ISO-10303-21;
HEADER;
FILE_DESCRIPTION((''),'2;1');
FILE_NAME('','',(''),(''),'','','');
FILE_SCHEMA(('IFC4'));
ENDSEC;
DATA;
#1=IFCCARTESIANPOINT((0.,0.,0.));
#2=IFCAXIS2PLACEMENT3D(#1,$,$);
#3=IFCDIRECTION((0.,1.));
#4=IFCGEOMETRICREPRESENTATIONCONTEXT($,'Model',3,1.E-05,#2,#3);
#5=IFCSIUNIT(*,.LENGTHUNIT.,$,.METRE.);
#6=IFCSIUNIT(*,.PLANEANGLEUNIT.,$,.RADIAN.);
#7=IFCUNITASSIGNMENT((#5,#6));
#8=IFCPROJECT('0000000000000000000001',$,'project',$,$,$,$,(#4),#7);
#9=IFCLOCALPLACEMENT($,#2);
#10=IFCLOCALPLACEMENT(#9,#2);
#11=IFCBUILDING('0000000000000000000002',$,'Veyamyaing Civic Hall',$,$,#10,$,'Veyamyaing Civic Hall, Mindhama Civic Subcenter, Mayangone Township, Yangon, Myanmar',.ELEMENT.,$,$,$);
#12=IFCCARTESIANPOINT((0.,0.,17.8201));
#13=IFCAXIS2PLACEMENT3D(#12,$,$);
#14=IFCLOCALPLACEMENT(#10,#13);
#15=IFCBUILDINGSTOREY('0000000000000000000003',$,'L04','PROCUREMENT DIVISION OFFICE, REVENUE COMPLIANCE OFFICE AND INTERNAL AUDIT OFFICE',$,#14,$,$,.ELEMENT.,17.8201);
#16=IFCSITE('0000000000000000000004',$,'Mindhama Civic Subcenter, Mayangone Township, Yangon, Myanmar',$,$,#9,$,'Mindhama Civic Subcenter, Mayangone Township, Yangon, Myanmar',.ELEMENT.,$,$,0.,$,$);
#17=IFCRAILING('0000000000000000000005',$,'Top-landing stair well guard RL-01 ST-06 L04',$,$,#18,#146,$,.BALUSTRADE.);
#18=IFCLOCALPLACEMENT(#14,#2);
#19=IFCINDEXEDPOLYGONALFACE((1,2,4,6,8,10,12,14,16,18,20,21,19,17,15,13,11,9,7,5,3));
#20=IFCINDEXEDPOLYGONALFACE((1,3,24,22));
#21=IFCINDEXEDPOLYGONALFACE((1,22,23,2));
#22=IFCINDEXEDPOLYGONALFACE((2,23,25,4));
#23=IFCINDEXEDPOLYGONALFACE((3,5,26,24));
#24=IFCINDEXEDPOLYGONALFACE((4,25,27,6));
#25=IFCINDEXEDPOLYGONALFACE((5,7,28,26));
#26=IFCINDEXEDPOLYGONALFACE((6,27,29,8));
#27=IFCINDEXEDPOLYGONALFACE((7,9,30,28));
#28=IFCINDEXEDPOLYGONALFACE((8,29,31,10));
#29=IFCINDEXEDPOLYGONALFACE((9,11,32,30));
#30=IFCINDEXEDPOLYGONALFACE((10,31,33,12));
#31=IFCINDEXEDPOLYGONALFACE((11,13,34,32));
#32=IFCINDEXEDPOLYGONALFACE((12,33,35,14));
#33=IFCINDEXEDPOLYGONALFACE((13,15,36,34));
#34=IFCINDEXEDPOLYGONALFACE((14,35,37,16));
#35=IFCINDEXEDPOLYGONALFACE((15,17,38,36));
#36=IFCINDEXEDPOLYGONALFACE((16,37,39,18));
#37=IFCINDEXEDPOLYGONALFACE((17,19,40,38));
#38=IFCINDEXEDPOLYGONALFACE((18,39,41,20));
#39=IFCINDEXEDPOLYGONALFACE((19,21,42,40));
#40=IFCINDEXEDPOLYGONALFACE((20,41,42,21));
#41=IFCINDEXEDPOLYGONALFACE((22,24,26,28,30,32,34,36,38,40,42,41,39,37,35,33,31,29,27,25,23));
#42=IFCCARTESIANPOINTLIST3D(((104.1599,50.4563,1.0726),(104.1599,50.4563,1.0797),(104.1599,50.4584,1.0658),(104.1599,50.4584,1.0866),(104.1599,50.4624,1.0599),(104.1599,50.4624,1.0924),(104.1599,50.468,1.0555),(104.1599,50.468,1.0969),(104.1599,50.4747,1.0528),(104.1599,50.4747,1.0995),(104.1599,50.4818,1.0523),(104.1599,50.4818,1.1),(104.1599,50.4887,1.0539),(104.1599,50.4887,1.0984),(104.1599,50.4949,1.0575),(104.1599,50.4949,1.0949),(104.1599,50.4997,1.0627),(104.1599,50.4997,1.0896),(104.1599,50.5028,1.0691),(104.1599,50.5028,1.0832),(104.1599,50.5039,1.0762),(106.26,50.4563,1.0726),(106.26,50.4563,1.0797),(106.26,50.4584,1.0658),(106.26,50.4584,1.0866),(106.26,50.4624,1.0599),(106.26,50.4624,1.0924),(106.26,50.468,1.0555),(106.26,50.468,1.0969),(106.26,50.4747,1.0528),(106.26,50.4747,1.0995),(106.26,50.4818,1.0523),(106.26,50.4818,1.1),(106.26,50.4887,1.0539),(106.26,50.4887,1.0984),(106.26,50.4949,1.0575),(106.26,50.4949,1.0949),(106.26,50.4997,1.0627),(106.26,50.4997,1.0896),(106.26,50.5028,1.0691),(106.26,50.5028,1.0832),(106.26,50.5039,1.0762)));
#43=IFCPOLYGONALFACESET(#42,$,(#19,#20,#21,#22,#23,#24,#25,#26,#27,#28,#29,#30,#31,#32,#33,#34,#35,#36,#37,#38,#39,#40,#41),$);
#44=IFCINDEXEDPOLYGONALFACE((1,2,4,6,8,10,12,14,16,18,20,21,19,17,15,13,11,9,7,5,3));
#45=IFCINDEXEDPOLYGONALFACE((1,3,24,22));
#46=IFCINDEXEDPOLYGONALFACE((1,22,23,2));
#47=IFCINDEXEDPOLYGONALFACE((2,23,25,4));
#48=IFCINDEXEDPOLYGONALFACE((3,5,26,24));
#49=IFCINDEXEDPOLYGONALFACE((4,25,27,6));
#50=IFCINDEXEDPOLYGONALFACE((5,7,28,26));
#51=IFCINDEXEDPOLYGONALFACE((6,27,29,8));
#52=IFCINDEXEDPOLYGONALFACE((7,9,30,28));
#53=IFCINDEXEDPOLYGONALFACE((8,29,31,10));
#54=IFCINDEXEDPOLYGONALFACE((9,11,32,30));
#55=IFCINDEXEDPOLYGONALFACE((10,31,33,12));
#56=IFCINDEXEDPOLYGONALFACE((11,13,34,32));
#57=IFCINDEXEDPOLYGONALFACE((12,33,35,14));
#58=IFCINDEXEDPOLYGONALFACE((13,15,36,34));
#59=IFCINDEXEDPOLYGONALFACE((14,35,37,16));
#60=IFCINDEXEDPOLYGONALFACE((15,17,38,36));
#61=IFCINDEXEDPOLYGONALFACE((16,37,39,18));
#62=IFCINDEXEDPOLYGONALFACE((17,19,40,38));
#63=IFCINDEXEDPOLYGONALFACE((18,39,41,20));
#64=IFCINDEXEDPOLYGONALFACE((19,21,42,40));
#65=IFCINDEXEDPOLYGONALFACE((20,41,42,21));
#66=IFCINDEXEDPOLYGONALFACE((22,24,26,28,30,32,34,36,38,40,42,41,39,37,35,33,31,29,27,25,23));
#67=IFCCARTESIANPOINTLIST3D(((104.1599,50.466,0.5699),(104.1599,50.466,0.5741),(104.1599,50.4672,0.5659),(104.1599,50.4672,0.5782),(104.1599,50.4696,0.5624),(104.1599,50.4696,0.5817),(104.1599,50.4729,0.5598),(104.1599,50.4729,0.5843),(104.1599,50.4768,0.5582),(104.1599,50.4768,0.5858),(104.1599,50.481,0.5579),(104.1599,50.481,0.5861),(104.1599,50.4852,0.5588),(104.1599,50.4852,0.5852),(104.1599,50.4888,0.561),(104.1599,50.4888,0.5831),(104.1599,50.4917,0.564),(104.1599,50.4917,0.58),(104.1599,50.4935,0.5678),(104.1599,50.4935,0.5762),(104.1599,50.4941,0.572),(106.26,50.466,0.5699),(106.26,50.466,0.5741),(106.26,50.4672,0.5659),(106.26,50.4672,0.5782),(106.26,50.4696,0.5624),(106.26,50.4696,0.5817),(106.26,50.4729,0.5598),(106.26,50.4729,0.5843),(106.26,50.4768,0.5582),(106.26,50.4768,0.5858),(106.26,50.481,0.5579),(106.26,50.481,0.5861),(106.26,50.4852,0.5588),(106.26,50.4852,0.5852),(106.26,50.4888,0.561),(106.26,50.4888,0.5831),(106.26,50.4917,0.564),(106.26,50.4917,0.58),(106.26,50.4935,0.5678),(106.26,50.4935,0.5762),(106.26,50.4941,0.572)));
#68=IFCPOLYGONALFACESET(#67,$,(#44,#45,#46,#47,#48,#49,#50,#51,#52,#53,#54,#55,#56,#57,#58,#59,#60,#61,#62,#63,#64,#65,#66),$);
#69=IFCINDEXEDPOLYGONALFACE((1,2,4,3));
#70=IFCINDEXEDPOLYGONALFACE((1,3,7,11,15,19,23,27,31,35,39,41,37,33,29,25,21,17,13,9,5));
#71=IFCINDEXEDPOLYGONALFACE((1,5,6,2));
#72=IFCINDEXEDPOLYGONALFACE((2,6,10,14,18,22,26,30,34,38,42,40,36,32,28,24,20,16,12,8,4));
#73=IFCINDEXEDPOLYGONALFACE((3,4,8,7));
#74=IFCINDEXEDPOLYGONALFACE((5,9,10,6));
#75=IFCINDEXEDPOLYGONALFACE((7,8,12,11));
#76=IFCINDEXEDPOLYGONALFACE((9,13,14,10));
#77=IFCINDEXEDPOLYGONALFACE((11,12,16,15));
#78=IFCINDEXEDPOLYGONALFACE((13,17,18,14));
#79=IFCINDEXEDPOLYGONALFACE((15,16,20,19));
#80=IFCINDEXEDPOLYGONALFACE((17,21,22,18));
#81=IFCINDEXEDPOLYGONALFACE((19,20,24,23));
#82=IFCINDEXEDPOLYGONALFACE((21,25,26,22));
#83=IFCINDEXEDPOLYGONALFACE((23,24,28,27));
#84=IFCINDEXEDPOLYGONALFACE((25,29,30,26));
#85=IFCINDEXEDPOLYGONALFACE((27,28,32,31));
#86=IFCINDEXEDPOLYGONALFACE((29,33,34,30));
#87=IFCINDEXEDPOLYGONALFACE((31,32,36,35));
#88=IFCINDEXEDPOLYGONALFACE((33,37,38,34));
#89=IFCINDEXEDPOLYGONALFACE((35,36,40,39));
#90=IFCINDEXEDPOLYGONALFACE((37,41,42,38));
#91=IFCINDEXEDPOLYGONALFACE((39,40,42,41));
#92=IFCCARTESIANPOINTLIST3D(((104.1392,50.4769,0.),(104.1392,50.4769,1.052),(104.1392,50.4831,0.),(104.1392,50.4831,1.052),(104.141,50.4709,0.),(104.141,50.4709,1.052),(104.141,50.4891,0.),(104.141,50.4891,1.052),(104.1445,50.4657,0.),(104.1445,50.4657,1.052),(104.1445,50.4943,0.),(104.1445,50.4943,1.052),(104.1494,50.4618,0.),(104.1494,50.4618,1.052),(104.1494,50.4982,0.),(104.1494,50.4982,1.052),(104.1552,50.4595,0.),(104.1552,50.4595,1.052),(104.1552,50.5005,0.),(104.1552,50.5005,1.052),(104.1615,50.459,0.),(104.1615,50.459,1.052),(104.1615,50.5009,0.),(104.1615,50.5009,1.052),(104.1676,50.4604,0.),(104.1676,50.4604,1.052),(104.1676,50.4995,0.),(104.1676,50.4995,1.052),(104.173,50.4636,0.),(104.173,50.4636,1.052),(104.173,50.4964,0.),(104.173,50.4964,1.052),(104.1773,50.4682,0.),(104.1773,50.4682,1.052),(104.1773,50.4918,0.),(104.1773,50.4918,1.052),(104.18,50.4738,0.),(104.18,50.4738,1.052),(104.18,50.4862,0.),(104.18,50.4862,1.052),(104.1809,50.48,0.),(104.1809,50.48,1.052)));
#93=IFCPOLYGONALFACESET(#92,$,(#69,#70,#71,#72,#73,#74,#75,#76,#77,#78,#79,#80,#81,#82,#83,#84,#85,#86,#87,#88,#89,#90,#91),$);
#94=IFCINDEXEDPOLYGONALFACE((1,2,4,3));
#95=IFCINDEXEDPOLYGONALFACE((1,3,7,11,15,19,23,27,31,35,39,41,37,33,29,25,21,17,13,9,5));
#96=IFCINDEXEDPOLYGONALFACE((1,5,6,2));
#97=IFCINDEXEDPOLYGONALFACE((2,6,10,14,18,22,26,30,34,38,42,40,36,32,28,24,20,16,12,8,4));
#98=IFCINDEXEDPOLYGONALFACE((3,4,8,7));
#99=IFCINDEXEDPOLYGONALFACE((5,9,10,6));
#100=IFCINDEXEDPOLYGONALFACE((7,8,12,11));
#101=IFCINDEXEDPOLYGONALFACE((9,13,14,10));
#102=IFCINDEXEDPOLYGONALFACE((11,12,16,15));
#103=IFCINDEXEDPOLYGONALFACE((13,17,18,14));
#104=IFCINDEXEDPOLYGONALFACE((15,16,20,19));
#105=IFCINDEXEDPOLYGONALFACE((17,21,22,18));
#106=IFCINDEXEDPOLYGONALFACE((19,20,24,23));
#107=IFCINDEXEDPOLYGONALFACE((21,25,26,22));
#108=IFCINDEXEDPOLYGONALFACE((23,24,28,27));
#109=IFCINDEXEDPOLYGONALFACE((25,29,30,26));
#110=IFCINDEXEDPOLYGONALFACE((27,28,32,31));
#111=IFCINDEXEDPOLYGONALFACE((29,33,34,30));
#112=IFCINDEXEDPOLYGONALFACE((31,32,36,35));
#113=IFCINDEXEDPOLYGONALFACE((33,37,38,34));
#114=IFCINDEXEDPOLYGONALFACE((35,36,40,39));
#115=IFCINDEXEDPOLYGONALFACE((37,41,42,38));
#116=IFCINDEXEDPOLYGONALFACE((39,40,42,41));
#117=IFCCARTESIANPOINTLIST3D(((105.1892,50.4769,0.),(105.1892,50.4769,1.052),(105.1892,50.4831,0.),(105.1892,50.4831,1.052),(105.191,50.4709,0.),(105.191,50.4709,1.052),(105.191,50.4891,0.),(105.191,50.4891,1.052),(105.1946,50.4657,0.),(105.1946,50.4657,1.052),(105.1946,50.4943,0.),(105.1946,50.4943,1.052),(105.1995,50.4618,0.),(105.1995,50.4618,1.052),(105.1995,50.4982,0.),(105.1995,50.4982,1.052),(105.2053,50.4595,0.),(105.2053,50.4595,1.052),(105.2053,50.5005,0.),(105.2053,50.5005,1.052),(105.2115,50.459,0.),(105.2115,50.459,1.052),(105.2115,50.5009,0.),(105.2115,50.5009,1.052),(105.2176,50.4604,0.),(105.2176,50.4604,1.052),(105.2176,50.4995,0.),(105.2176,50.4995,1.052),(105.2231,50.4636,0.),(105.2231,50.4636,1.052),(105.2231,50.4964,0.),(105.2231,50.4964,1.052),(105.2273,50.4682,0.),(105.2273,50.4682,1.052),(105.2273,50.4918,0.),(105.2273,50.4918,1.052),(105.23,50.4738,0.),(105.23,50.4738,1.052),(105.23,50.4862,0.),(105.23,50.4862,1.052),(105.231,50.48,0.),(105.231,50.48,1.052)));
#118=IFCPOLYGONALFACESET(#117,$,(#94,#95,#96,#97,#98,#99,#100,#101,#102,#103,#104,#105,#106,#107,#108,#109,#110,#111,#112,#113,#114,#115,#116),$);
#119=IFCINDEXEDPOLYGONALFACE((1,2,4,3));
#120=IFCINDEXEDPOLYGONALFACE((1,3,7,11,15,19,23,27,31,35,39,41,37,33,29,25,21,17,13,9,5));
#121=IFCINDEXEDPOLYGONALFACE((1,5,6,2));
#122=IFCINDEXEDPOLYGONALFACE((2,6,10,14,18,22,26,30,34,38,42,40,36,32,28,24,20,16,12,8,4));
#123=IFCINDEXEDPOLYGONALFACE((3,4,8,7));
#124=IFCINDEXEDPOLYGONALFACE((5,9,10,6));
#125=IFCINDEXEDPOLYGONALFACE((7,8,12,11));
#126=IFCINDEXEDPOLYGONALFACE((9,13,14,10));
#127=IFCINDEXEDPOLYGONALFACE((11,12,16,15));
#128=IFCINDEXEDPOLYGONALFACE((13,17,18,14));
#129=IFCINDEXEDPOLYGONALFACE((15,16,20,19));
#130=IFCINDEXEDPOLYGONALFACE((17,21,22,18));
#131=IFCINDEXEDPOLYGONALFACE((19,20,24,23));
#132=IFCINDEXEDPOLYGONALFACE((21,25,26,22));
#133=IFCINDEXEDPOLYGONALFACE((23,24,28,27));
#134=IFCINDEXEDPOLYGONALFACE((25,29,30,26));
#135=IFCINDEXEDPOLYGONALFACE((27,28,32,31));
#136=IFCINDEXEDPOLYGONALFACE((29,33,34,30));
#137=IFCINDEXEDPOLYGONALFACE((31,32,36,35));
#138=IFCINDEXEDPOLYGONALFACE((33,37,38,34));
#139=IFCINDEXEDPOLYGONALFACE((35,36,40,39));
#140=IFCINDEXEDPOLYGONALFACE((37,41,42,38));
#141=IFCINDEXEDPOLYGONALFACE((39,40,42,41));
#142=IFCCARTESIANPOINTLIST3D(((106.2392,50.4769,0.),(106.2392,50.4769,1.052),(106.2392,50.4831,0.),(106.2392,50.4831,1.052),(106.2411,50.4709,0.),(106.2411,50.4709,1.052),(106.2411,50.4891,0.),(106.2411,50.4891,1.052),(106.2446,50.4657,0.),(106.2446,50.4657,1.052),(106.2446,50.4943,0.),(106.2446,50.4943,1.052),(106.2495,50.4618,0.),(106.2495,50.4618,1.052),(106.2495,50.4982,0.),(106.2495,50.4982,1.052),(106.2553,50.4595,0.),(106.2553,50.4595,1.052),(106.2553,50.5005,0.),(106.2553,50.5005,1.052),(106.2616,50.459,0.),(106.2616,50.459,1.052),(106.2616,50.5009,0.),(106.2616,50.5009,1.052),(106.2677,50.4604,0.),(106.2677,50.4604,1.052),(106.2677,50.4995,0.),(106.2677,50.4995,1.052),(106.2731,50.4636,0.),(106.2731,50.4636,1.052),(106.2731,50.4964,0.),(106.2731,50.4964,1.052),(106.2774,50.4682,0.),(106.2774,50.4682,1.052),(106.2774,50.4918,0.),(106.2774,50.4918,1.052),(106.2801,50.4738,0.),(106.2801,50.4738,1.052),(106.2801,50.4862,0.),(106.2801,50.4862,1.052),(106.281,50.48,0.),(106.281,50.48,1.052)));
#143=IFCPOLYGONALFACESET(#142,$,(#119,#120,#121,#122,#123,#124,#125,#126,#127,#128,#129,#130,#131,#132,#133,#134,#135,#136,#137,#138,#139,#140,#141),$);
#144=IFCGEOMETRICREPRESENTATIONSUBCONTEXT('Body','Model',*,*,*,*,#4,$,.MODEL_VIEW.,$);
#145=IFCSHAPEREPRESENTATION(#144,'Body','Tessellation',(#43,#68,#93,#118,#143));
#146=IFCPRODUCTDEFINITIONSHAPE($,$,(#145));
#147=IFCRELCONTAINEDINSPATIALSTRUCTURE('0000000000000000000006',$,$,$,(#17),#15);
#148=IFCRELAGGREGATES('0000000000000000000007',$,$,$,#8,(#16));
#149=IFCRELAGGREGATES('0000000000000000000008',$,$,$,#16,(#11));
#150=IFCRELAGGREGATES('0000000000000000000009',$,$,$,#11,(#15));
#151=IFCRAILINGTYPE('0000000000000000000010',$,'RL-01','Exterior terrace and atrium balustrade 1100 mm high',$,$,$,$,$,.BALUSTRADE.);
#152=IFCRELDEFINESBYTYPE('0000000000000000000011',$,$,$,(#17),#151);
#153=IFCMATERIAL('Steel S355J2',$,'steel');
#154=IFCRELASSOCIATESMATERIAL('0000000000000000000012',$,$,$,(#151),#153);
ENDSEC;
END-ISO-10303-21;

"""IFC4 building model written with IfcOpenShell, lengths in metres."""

from ifc_helpers import new_model, si_unit, direction, frame, origin, origin_2d, place, context, subcontext, project, spatial, circle, extrude, material, type_object, element, save


model = new_model("IFC4")

# Units and contexts
model_context = context("Model", 3, precision=1e-05, world=origin(), true_north=direction((0.0, 1.0)))
body_context = subcontext(model_context, "Body", "Model", "MODEL_VIEW")
ifc_project = project(units=[si_unit("LENGTHUNIT", "METRE"), si_unit("PLANEANGLEUNIT", "RADIAN")], contexts=[model_context])

# Site, building, storey
site_placement = place(None, origin())
site = spatial("IfcSite", under=ifc_project, at=site_placement, Name="Mindhama Civic Subcenter, Mayangone Township, Yangon, Myanmar", LongName="Mindhama Civic Subcenter, Mayangone Township, Yangon, Myanmar", CompositionType="ELEMENT", RefElevation=0.0)
building_placement = place(site_placement, origin())
building = spatial("IfcBuilding", under=site, at=building_placement, Name="Veyamyaing Civic Hall", LongName="Veyamyaing Civic Hall, Mindhama Civic Subcenter, Mayangone Township, Yangon, Myanmar", CompositionType="ELEMENT")
storey_placement = place(building_placement, frame((0.0, 0.0, 17.8201)))
storey = spatial("IfcBuildingStorey", under=building, at=storey_placement, Name="L04", Description="PROCUREMENT DIVISION OFFICE, REVENUE COMPLIANCE OFFICE AND INTERNAL AUDIT OFFICE", CompositionType="ELEMENT", Elevation=17.8201)

# Railing
ifc_material_1 = material(Name="Steel S355J2", Category="steel")
railing_type = type_object("IfcRailingType", Name="RL-01", Description="Exterior terrace and atrium balustrade 1100 mm high", PredefinedType="BALUSTRADE", material=ifc_material_1)
railing_placement = place(storey_placement, frame((104.1599, 50.48, 0.0)))
element("IfcRailing", 1, at=railing_placement, inside=storey, type_object=railing_type, Name="Top-landing stair well guard RL-01 ST-06 L04", PredefinedType="BALUSTRADE", context=body_context, shape_type="SweptSolid", body=[
    extrude(circle(Radius=0.0239, at=origin_2d()), frame((0.0, 0.0, 1.0762), z_axis=(1.0, 0.0, 0.0), x_axis=(0.0, 1.0, 0.0)), (0.0, 0.0, 1.0), 2.1001),
    extrude(circle(Radius=0.0142, at=origin_2d()), frame((0.0, 0.0, 0.572), z_axis=(1.0, 0.0, 0.0), x_axis=(0.0, 1.0, 0.0)), (0.0, 0.0, 1.0), 2.1001),
    extrude(circle(Radius=0.021, at=origin_2d()), origin(), (0.0, 0.0, 1.0), 1.052),
    extrude(circle(Radius=0.021, at=origin_2d()), frame((1.05, 0.0, 0.0)), (0.0, 0.0, 1.0), 1.052),
    extrude(circle(Radius=0.021, at=origin_2d()), frame((2.1001, 0.0, 0.0)), (0.0, 0.0, 1.0), 1.052),
])

save(model, "model.ifc")
